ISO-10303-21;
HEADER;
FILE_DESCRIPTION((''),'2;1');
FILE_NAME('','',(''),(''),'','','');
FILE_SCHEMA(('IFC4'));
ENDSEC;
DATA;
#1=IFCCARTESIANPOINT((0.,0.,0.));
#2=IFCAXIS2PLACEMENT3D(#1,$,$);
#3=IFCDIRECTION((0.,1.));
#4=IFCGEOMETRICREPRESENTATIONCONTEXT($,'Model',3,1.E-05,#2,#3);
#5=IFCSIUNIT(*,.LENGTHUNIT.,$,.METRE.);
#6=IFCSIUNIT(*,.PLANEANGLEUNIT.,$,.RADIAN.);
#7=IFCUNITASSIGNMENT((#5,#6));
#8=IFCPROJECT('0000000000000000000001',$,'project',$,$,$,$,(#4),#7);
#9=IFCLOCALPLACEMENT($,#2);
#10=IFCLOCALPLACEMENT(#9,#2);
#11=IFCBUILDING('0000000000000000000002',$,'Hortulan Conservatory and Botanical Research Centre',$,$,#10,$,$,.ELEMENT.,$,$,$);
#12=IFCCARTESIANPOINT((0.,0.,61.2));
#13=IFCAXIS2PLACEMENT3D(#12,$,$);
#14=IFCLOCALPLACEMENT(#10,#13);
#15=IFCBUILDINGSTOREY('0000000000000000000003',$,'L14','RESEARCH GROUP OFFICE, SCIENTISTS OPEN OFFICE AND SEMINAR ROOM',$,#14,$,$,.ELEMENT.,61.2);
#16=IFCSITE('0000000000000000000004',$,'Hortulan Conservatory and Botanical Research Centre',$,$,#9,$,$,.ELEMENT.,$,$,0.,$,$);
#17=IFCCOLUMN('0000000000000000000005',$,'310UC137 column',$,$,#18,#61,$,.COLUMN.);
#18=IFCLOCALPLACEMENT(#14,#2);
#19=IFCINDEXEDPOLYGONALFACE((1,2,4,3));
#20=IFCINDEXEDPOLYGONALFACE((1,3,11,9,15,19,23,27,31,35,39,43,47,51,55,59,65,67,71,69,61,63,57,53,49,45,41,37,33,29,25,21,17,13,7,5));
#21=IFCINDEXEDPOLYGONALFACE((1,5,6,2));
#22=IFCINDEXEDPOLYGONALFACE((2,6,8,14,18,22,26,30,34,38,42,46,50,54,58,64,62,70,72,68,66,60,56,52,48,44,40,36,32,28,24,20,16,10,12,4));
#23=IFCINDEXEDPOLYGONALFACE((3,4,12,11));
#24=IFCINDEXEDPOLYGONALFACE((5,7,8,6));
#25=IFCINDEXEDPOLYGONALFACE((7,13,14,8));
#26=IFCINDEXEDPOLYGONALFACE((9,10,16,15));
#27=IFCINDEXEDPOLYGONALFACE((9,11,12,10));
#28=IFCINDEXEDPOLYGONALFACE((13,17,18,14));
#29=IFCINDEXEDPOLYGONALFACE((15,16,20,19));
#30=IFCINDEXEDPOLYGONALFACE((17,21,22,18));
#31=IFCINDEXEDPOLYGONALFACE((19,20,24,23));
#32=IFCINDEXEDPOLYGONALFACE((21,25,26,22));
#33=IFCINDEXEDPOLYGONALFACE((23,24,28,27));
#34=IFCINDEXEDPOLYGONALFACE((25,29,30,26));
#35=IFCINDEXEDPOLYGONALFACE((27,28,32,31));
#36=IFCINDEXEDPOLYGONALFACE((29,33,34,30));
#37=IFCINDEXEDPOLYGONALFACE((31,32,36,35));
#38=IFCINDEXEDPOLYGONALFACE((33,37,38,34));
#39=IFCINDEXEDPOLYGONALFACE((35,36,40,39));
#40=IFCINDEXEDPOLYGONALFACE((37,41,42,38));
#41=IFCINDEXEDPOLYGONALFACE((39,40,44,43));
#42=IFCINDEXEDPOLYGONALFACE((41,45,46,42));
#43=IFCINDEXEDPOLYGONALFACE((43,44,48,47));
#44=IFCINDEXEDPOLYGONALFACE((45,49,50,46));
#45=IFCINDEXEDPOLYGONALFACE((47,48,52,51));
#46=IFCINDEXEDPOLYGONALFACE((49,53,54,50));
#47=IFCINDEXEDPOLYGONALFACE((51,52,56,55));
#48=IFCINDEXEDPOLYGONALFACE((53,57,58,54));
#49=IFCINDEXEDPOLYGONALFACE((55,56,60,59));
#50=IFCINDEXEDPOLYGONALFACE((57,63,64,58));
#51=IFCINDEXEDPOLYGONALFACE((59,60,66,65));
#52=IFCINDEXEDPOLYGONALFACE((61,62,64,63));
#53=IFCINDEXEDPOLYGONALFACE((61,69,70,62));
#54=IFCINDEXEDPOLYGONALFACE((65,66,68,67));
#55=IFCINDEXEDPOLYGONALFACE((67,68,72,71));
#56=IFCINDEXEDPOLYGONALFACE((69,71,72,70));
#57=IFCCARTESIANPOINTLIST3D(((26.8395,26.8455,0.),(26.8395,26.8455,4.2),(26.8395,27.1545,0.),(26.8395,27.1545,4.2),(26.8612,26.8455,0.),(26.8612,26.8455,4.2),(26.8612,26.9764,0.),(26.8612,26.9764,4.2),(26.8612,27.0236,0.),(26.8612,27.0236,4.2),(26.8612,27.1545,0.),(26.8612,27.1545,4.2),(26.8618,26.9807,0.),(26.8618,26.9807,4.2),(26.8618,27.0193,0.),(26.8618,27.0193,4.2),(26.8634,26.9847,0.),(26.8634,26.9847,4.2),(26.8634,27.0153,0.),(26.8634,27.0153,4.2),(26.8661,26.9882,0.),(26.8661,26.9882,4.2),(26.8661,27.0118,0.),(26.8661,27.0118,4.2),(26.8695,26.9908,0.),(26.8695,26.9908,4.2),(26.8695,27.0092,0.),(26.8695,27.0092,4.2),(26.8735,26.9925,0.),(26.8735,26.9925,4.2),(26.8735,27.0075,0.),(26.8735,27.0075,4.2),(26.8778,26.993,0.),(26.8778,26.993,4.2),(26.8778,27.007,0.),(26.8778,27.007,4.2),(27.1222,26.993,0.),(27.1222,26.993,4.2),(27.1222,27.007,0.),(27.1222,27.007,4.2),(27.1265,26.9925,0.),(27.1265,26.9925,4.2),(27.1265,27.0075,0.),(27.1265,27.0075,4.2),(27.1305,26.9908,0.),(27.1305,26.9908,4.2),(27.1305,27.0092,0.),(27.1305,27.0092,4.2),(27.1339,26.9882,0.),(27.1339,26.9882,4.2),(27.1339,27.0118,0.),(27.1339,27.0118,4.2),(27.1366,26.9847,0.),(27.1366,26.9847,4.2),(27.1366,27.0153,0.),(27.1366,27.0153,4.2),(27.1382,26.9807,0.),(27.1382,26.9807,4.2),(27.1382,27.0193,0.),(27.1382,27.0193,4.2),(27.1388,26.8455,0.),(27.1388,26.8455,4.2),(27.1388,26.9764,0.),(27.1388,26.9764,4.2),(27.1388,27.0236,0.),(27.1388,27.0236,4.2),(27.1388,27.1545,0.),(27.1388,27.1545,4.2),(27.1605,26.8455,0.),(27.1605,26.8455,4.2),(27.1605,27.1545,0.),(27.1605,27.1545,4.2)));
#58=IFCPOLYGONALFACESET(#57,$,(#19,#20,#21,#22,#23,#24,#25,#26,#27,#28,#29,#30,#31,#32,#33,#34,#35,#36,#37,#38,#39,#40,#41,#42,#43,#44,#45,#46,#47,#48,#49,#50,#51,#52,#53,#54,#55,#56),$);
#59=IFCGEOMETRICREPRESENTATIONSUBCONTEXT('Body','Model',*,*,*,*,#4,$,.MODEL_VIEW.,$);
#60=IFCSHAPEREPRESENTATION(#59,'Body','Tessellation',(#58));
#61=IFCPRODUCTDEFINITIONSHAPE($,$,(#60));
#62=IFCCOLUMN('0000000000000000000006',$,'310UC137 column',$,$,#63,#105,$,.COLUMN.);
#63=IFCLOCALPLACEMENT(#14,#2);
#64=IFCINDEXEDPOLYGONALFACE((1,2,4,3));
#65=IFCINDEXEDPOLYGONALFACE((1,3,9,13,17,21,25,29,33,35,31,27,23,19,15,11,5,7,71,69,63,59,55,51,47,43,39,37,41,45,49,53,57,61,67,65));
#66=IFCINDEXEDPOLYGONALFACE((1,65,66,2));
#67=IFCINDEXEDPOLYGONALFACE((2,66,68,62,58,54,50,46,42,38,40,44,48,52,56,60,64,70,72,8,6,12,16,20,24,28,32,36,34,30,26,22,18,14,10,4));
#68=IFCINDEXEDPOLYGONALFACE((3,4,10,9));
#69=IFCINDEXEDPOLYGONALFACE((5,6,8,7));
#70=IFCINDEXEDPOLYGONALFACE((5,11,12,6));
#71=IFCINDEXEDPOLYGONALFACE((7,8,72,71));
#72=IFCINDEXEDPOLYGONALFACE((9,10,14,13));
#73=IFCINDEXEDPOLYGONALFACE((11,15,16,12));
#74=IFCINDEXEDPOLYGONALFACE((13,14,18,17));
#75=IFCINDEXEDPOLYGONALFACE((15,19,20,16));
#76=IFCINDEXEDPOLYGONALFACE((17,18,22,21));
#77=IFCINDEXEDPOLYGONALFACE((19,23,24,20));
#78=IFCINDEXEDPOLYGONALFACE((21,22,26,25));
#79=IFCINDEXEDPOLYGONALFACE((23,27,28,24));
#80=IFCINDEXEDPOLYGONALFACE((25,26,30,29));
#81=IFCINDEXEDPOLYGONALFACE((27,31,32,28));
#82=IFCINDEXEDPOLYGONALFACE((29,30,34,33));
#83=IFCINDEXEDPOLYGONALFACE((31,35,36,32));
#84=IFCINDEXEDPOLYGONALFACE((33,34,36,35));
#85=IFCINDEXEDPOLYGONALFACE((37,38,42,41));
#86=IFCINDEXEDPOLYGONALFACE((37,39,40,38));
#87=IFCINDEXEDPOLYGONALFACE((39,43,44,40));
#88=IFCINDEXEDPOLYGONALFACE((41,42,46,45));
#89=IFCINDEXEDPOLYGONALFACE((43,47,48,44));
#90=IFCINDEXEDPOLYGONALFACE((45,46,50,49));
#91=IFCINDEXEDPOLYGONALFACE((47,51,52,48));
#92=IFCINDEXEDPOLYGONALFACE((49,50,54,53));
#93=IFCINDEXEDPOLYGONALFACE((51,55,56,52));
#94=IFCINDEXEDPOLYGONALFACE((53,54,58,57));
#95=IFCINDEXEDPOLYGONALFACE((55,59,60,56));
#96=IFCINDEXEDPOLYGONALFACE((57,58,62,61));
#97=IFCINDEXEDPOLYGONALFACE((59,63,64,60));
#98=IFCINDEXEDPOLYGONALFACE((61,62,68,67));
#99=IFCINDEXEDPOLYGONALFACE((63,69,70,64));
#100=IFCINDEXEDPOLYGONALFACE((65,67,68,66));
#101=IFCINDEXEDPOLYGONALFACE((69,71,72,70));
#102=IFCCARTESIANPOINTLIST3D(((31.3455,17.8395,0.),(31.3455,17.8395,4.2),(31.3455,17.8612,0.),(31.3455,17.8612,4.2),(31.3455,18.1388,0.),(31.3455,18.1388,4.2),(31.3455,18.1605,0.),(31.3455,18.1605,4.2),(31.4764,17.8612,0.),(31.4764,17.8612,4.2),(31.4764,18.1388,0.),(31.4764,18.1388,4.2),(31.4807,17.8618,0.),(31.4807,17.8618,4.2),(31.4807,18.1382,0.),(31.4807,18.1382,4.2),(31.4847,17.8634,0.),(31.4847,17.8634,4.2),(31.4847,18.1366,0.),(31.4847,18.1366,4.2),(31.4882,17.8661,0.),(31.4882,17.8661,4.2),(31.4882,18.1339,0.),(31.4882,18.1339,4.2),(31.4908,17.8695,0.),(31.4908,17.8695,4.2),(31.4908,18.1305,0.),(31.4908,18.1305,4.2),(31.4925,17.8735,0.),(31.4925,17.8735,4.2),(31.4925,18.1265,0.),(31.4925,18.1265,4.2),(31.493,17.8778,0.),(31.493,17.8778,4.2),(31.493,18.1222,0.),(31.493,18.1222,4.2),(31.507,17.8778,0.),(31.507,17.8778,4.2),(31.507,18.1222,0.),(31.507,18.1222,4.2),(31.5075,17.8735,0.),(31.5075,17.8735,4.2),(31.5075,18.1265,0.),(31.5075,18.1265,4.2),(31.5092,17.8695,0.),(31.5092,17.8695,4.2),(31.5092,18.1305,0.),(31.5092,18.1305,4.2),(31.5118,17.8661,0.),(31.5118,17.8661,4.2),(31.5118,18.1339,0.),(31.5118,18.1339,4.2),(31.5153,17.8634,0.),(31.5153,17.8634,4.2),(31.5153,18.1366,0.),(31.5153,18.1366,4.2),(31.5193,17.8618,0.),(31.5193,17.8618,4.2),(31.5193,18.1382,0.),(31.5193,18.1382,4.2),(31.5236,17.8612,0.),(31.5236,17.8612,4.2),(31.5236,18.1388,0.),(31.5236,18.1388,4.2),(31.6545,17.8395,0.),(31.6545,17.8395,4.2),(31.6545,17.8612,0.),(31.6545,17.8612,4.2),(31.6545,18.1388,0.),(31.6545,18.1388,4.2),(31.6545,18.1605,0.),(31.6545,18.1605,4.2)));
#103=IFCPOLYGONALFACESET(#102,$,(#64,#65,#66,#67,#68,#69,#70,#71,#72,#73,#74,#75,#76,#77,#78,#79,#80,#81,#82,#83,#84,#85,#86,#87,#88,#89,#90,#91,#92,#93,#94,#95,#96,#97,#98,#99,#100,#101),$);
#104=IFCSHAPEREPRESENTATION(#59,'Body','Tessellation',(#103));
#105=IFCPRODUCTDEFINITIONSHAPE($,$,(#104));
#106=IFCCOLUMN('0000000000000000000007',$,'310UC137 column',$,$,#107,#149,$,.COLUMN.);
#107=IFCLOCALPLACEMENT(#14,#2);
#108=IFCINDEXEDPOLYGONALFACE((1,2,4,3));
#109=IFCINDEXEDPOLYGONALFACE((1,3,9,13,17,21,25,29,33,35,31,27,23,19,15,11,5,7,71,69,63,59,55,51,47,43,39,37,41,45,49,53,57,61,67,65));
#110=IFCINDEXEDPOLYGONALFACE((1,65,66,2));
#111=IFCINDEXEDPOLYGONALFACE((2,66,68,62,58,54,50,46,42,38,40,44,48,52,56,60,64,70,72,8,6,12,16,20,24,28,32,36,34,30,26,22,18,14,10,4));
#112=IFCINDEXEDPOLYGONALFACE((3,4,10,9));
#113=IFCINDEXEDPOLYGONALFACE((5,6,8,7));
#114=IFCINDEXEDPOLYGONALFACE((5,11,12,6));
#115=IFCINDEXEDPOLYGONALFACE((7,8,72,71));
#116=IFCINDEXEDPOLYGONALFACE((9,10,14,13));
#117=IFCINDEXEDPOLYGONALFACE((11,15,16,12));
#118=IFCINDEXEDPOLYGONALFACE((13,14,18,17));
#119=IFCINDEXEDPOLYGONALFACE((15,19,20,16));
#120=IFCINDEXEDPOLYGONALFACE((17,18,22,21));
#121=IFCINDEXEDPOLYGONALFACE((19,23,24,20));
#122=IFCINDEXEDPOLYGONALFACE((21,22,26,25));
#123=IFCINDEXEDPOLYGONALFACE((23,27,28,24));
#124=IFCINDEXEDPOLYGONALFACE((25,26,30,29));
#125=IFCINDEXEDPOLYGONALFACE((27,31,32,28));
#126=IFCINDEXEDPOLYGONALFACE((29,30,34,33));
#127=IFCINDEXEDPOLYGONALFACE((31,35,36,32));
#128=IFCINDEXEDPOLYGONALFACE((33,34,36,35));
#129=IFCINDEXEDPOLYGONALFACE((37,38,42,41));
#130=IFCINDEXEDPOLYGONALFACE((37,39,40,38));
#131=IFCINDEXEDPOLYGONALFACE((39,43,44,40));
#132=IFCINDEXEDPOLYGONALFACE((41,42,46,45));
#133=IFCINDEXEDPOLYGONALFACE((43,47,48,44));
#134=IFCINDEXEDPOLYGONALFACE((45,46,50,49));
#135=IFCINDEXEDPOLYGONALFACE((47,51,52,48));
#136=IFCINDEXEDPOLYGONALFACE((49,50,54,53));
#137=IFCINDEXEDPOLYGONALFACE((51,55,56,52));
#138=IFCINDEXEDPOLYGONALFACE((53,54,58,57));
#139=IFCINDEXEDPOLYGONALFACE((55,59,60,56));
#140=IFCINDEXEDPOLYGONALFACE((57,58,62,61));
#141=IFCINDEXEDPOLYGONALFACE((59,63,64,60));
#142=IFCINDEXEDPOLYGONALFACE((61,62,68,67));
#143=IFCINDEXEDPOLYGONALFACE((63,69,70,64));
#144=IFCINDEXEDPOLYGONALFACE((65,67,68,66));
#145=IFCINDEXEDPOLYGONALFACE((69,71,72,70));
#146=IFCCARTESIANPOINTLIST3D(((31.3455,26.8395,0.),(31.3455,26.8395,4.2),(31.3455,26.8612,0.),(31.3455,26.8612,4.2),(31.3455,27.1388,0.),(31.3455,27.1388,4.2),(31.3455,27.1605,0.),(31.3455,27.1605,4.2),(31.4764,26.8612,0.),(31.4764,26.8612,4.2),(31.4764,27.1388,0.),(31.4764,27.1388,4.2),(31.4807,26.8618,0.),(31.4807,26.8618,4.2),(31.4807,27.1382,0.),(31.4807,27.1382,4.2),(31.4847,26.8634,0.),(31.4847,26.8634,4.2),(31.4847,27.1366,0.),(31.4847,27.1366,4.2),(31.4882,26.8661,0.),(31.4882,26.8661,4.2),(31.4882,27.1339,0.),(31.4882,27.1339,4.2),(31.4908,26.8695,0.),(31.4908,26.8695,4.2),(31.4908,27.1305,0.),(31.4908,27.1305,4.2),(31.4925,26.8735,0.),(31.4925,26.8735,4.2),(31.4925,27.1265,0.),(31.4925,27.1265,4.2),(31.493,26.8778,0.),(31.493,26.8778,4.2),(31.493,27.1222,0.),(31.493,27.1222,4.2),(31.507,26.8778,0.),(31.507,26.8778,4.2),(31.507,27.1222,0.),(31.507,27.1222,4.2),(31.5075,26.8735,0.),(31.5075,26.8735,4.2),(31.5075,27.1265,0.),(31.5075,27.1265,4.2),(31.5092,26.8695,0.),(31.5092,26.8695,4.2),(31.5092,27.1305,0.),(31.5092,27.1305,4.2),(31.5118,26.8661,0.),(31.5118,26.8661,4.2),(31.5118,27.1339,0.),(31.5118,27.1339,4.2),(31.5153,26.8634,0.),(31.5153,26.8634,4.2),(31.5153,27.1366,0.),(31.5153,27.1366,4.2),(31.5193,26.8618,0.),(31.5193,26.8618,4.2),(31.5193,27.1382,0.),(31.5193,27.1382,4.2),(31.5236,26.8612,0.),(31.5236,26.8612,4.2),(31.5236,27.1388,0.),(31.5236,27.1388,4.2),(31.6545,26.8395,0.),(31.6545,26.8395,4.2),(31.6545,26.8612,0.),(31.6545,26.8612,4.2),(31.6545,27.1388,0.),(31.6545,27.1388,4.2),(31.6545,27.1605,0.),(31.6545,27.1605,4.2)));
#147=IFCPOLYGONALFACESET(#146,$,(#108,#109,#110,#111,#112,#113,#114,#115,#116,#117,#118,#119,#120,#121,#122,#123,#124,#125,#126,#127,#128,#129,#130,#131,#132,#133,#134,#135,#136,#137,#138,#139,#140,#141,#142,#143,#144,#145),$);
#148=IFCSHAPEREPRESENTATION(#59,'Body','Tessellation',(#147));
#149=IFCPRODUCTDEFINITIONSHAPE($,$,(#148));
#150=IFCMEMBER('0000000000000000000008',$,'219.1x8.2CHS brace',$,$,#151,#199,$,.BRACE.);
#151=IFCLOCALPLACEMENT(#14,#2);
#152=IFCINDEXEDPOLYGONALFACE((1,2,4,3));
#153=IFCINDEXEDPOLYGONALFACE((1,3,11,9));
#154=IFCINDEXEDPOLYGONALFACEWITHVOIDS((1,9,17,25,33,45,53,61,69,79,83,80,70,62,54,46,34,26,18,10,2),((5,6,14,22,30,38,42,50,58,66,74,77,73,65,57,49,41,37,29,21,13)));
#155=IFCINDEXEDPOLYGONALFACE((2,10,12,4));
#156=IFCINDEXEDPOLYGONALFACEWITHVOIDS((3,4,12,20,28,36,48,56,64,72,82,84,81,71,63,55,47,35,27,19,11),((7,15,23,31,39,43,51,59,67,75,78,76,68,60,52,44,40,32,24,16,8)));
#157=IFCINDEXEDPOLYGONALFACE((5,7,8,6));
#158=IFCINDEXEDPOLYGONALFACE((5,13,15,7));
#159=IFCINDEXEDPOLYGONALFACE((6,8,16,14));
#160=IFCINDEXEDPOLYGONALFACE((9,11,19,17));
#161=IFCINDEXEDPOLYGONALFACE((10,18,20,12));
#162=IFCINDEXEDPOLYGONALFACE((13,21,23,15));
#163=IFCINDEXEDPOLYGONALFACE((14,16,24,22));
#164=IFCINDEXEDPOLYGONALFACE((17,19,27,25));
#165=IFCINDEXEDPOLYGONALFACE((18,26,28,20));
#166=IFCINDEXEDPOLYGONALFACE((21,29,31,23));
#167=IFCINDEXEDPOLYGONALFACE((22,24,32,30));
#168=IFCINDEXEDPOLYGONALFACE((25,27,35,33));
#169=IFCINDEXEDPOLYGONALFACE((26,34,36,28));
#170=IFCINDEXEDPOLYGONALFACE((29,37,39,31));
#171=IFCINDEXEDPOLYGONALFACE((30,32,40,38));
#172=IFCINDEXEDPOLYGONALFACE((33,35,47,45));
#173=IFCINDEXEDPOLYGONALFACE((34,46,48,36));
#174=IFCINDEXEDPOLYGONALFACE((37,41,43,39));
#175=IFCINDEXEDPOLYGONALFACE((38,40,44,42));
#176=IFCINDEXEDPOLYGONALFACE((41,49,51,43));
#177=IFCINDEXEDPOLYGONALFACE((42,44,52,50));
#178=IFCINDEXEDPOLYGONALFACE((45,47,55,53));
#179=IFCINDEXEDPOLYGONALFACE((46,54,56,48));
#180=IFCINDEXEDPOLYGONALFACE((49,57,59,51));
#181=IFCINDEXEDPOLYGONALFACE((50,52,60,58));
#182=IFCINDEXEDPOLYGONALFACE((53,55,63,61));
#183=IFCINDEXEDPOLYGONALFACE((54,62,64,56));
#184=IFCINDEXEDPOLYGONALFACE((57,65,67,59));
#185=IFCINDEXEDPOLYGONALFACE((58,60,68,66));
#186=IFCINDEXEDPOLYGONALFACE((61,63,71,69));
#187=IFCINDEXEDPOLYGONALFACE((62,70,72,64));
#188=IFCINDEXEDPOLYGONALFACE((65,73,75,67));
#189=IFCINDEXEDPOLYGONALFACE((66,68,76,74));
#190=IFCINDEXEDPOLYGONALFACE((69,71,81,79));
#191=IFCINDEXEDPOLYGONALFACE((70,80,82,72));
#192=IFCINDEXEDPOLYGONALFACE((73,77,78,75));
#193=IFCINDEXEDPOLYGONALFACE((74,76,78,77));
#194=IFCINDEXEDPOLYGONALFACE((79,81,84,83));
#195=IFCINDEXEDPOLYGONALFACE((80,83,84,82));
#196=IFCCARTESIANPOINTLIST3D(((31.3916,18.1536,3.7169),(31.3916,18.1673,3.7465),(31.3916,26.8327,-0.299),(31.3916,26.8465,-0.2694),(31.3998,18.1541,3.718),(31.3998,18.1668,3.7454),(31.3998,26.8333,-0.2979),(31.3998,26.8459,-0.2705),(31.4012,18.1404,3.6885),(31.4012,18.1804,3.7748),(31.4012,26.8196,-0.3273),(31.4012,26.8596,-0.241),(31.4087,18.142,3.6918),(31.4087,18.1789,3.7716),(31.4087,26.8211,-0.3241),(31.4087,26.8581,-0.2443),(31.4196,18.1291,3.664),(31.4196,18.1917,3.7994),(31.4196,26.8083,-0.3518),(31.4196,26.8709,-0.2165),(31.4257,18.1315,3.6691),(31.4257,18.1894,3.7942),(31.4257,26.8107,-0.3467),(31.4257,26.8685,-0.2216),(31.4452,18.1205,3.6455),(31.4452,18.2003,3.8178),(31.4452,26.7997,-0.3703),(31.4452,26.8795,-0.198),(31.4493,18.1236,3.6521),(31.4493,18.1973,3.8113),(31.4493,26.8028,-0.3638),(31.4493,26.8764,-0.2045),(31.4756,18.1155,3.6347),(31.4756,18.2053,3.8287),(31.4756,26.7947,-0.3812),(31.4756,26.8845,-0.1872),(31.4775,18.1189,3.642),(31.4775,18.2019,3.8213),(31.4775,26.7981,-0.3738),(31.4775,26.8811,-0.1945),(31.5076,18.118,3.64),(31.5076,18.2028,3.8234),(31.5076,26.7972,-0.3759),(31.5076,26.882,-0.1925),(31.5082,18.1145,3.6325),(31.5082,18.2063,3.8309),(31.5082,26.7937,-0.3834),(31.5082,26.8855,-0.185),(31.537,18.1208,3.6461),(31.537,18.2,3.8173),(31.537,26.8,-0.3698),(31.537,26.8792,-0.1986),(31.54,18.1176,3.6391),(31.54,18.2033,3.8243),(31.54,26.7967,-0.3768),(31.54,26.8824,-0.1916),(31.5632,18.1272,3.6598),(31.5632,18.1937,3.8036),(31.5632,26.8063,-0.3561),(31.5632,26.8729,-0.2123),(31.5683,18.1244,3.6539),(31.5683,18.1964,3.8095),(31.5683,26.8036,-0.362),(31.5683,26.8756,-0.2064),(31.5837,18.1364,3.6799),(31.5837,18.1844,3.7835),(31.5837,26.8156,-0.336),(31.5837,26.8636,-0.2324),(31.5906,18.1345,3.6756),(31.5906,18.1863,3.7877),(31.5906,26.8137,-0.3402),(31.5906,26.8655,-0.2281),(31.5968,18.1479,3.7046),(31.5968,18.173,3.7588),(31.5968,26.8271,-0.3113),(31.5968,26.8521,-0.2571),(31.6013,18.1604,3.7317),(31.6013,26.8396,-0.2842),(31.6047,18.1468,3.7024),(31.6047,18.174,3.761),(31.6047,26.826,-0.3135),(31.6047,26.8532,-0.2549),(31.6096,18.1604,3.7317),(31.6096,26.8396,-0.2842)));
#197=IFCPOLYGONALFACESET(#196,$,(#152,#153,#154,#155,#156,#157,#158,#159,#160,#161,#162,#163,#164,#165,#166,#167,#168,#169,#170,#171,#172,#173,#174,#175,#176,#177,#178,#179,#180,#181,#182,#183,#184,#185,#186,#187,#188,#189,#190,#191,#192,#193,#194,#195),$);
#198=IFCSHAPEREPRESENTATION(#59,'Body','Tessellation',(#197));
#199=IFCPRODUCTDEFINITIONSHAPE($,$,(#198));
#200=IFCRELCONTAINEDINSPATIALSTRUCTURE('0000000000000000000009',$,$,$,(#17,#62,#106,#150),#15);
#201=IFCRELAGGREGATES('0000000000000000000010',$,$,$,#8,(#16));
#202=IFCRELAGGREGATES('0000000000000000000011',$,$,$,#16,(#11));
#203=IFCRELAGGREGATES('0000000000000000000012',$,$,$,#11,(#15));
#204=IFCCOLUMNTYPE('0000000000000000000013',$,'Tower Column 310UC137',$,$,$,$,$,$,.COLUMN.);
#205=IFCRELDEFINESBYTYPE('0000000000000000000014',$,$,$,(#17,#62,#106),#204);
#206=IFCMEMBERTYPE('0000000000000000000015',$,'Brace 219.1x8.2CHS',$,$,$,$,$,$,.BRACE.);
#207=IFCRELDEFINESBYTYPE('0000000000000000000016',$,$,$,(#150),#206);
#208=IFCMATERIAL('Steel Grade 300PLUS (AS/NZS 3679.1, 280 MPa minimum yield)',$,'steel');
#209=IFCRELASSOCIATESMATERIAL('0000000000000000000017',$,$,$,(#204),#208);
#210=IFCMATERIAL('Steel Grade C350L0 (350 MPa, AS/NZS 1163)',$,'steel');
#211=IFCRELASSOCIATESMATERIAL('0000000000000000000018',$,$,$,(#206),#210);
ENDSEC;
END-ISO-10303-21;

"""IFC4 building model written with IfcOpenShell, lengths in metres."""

from ifc_helpers import new_model, si_unit, direction, frame, origin, origin_2d, place, context, subcontext, project, spatial, hollow_circle, i_section, extrude, material, material_profile, profile_set, type_object, element, save


model = new_model("IFC4")

# Units and contexts
model_context = context("Model", 3, precision=1e-05, world=origin(), true_north=direction((0.0, 1.0)))
body_context = subcontext(model_context, "Body", "Model", "MODEL_VIEW")
ifc_project = project(units=[si_unit("LENGTHUNIT", "METRE"), si_unit("PLANEANGLEUNIT", "RADIAN")], contexts=[model_context])

# Site, building, storey
site_placement = place(None, origin())
site = spatial("IfcSite", under=ifc_project, at=site_placement, Name="Hortulan Conservatory and Botanical Research Centre", CompositionType="ELEMENT", RefElevation=0.0)
building_placement = place(site_placement, origin())
building = spatial("IfcBuilding", under=site, at=building_placement, Name="Hortulan Conservatory and Botanical Research Centre", CompositionType="ELEMENT")
storey_placement = place(building_placement, frame((0.0, 0.0, 61.2)))
storey = spatial("IfcBuildingStorey", under=building, at=storey_placement, Name="L14", Description="RESEARCH GROUP OFFICE, SCIENTISTS OPEN OFFICE AND SEMINAR ROOM", CompositionType="ELEMENT", Elevation=61.2)

# Columns
ifc_material_1 = material(Name="Steel Grade 300PLUS (AS/NZS 3679.1, 280 MPa minimum yield)", Category="steel")
ifc_material_profile_1 = material_profile(ifc_material_1, i_section(OverallWidth=0.3091, OverallDepth=0.321, WebThickness=0.0139, FlangeThickness=0.0217, FilletRadius=0.0166, at=origin_2d()), Name="310UC137")
ifc_profile_set_1 = profile_set([ifc_material_profile_1], Name="Steel Grade 300PLUS (AS/NZS 3679.1, 280 MPa minimum yield)")
column_type = type_object("IfcColumnType", Name="Tower Column 310UC137", PredefinedType="COLUMN", material=ifc_profile_set_1)
for number, where, z_axis, x_axis, name in (
    (1, (27.0, 27.0, 0.0), (0.0, 0.0, 1.0), (0.0, 1.0, 0.0), "310UC137 column"),
    (2, (31.5, 18.0, 0.0), (0.0, 0.0, 1.0), (1.0, 0.0, 0.0), "310UC137 column"),
    (3, (31.5, 27.0, 0.0), (0.0, 0.0, 1.0), (1.0, 0.0, 0.0), "310UC137 column"),
):
    element("IfcColumn", number, at=place(storey_placement, frame(where, z_axis=z_axis, x_axis=x_axis)), inside=storey, type_object=column_type, Name=name, PredefinedType="COLUMN", context=body_context, shape_type="SweptSolid", body=[
        extrude(i_section(OverallWidth=0.3091, OverallDepth=0.321, WebThickness=0.0139, FlangeThickness=0.0217, FilletRadius=0.0166, at=origin_2d()), origin(), (0.0, 0.0, 1.0), 4.2),
    ])

# Member
ifc_material_2 = material(Name="Steel Grade C350L0 (350 MPa, AS/NZS 1163)", Category="steel")
ifc_material_profile_2 = material_profile(ifc_material_2, hollow_circle(Radius=0.1096, WallThickness=0.0083, at=origin_2d()), Name="219.1x8.2CHS")
ifc_profile_set_2 = profile_set([ifc_material_profile_2], Name="Steel Grade C350L0 (350 MPa, AS/NZS 1163)")
member_type = type_object("IfcMemberType", Name="Brace 219.1x8.2CHS", PredefinedType="BRACE", material=ifc_profile_set_2)
member_placement = place(storey_placement, frame((31.5, 26.8396, -0.2842), z_axis=(0.0, -0.907558, 0.419927), x_axis=(1.0, 0.0, 0.0)))
element("IfcMember", 4, at=member_placement, inside=storey, type_object=member_type, Name="219.1x8.2CHS brace", PredefinedType="BRACE", context=body_context, shape_type="SweptSolid", body=[
    extrude(hollow_circle(Radius=0.1096, WallThickness=0.0083, at=origin_2d()), origin(), (0.0, 0.0, 1.0), 9.5632),
])

save(model, "model.ifc")
